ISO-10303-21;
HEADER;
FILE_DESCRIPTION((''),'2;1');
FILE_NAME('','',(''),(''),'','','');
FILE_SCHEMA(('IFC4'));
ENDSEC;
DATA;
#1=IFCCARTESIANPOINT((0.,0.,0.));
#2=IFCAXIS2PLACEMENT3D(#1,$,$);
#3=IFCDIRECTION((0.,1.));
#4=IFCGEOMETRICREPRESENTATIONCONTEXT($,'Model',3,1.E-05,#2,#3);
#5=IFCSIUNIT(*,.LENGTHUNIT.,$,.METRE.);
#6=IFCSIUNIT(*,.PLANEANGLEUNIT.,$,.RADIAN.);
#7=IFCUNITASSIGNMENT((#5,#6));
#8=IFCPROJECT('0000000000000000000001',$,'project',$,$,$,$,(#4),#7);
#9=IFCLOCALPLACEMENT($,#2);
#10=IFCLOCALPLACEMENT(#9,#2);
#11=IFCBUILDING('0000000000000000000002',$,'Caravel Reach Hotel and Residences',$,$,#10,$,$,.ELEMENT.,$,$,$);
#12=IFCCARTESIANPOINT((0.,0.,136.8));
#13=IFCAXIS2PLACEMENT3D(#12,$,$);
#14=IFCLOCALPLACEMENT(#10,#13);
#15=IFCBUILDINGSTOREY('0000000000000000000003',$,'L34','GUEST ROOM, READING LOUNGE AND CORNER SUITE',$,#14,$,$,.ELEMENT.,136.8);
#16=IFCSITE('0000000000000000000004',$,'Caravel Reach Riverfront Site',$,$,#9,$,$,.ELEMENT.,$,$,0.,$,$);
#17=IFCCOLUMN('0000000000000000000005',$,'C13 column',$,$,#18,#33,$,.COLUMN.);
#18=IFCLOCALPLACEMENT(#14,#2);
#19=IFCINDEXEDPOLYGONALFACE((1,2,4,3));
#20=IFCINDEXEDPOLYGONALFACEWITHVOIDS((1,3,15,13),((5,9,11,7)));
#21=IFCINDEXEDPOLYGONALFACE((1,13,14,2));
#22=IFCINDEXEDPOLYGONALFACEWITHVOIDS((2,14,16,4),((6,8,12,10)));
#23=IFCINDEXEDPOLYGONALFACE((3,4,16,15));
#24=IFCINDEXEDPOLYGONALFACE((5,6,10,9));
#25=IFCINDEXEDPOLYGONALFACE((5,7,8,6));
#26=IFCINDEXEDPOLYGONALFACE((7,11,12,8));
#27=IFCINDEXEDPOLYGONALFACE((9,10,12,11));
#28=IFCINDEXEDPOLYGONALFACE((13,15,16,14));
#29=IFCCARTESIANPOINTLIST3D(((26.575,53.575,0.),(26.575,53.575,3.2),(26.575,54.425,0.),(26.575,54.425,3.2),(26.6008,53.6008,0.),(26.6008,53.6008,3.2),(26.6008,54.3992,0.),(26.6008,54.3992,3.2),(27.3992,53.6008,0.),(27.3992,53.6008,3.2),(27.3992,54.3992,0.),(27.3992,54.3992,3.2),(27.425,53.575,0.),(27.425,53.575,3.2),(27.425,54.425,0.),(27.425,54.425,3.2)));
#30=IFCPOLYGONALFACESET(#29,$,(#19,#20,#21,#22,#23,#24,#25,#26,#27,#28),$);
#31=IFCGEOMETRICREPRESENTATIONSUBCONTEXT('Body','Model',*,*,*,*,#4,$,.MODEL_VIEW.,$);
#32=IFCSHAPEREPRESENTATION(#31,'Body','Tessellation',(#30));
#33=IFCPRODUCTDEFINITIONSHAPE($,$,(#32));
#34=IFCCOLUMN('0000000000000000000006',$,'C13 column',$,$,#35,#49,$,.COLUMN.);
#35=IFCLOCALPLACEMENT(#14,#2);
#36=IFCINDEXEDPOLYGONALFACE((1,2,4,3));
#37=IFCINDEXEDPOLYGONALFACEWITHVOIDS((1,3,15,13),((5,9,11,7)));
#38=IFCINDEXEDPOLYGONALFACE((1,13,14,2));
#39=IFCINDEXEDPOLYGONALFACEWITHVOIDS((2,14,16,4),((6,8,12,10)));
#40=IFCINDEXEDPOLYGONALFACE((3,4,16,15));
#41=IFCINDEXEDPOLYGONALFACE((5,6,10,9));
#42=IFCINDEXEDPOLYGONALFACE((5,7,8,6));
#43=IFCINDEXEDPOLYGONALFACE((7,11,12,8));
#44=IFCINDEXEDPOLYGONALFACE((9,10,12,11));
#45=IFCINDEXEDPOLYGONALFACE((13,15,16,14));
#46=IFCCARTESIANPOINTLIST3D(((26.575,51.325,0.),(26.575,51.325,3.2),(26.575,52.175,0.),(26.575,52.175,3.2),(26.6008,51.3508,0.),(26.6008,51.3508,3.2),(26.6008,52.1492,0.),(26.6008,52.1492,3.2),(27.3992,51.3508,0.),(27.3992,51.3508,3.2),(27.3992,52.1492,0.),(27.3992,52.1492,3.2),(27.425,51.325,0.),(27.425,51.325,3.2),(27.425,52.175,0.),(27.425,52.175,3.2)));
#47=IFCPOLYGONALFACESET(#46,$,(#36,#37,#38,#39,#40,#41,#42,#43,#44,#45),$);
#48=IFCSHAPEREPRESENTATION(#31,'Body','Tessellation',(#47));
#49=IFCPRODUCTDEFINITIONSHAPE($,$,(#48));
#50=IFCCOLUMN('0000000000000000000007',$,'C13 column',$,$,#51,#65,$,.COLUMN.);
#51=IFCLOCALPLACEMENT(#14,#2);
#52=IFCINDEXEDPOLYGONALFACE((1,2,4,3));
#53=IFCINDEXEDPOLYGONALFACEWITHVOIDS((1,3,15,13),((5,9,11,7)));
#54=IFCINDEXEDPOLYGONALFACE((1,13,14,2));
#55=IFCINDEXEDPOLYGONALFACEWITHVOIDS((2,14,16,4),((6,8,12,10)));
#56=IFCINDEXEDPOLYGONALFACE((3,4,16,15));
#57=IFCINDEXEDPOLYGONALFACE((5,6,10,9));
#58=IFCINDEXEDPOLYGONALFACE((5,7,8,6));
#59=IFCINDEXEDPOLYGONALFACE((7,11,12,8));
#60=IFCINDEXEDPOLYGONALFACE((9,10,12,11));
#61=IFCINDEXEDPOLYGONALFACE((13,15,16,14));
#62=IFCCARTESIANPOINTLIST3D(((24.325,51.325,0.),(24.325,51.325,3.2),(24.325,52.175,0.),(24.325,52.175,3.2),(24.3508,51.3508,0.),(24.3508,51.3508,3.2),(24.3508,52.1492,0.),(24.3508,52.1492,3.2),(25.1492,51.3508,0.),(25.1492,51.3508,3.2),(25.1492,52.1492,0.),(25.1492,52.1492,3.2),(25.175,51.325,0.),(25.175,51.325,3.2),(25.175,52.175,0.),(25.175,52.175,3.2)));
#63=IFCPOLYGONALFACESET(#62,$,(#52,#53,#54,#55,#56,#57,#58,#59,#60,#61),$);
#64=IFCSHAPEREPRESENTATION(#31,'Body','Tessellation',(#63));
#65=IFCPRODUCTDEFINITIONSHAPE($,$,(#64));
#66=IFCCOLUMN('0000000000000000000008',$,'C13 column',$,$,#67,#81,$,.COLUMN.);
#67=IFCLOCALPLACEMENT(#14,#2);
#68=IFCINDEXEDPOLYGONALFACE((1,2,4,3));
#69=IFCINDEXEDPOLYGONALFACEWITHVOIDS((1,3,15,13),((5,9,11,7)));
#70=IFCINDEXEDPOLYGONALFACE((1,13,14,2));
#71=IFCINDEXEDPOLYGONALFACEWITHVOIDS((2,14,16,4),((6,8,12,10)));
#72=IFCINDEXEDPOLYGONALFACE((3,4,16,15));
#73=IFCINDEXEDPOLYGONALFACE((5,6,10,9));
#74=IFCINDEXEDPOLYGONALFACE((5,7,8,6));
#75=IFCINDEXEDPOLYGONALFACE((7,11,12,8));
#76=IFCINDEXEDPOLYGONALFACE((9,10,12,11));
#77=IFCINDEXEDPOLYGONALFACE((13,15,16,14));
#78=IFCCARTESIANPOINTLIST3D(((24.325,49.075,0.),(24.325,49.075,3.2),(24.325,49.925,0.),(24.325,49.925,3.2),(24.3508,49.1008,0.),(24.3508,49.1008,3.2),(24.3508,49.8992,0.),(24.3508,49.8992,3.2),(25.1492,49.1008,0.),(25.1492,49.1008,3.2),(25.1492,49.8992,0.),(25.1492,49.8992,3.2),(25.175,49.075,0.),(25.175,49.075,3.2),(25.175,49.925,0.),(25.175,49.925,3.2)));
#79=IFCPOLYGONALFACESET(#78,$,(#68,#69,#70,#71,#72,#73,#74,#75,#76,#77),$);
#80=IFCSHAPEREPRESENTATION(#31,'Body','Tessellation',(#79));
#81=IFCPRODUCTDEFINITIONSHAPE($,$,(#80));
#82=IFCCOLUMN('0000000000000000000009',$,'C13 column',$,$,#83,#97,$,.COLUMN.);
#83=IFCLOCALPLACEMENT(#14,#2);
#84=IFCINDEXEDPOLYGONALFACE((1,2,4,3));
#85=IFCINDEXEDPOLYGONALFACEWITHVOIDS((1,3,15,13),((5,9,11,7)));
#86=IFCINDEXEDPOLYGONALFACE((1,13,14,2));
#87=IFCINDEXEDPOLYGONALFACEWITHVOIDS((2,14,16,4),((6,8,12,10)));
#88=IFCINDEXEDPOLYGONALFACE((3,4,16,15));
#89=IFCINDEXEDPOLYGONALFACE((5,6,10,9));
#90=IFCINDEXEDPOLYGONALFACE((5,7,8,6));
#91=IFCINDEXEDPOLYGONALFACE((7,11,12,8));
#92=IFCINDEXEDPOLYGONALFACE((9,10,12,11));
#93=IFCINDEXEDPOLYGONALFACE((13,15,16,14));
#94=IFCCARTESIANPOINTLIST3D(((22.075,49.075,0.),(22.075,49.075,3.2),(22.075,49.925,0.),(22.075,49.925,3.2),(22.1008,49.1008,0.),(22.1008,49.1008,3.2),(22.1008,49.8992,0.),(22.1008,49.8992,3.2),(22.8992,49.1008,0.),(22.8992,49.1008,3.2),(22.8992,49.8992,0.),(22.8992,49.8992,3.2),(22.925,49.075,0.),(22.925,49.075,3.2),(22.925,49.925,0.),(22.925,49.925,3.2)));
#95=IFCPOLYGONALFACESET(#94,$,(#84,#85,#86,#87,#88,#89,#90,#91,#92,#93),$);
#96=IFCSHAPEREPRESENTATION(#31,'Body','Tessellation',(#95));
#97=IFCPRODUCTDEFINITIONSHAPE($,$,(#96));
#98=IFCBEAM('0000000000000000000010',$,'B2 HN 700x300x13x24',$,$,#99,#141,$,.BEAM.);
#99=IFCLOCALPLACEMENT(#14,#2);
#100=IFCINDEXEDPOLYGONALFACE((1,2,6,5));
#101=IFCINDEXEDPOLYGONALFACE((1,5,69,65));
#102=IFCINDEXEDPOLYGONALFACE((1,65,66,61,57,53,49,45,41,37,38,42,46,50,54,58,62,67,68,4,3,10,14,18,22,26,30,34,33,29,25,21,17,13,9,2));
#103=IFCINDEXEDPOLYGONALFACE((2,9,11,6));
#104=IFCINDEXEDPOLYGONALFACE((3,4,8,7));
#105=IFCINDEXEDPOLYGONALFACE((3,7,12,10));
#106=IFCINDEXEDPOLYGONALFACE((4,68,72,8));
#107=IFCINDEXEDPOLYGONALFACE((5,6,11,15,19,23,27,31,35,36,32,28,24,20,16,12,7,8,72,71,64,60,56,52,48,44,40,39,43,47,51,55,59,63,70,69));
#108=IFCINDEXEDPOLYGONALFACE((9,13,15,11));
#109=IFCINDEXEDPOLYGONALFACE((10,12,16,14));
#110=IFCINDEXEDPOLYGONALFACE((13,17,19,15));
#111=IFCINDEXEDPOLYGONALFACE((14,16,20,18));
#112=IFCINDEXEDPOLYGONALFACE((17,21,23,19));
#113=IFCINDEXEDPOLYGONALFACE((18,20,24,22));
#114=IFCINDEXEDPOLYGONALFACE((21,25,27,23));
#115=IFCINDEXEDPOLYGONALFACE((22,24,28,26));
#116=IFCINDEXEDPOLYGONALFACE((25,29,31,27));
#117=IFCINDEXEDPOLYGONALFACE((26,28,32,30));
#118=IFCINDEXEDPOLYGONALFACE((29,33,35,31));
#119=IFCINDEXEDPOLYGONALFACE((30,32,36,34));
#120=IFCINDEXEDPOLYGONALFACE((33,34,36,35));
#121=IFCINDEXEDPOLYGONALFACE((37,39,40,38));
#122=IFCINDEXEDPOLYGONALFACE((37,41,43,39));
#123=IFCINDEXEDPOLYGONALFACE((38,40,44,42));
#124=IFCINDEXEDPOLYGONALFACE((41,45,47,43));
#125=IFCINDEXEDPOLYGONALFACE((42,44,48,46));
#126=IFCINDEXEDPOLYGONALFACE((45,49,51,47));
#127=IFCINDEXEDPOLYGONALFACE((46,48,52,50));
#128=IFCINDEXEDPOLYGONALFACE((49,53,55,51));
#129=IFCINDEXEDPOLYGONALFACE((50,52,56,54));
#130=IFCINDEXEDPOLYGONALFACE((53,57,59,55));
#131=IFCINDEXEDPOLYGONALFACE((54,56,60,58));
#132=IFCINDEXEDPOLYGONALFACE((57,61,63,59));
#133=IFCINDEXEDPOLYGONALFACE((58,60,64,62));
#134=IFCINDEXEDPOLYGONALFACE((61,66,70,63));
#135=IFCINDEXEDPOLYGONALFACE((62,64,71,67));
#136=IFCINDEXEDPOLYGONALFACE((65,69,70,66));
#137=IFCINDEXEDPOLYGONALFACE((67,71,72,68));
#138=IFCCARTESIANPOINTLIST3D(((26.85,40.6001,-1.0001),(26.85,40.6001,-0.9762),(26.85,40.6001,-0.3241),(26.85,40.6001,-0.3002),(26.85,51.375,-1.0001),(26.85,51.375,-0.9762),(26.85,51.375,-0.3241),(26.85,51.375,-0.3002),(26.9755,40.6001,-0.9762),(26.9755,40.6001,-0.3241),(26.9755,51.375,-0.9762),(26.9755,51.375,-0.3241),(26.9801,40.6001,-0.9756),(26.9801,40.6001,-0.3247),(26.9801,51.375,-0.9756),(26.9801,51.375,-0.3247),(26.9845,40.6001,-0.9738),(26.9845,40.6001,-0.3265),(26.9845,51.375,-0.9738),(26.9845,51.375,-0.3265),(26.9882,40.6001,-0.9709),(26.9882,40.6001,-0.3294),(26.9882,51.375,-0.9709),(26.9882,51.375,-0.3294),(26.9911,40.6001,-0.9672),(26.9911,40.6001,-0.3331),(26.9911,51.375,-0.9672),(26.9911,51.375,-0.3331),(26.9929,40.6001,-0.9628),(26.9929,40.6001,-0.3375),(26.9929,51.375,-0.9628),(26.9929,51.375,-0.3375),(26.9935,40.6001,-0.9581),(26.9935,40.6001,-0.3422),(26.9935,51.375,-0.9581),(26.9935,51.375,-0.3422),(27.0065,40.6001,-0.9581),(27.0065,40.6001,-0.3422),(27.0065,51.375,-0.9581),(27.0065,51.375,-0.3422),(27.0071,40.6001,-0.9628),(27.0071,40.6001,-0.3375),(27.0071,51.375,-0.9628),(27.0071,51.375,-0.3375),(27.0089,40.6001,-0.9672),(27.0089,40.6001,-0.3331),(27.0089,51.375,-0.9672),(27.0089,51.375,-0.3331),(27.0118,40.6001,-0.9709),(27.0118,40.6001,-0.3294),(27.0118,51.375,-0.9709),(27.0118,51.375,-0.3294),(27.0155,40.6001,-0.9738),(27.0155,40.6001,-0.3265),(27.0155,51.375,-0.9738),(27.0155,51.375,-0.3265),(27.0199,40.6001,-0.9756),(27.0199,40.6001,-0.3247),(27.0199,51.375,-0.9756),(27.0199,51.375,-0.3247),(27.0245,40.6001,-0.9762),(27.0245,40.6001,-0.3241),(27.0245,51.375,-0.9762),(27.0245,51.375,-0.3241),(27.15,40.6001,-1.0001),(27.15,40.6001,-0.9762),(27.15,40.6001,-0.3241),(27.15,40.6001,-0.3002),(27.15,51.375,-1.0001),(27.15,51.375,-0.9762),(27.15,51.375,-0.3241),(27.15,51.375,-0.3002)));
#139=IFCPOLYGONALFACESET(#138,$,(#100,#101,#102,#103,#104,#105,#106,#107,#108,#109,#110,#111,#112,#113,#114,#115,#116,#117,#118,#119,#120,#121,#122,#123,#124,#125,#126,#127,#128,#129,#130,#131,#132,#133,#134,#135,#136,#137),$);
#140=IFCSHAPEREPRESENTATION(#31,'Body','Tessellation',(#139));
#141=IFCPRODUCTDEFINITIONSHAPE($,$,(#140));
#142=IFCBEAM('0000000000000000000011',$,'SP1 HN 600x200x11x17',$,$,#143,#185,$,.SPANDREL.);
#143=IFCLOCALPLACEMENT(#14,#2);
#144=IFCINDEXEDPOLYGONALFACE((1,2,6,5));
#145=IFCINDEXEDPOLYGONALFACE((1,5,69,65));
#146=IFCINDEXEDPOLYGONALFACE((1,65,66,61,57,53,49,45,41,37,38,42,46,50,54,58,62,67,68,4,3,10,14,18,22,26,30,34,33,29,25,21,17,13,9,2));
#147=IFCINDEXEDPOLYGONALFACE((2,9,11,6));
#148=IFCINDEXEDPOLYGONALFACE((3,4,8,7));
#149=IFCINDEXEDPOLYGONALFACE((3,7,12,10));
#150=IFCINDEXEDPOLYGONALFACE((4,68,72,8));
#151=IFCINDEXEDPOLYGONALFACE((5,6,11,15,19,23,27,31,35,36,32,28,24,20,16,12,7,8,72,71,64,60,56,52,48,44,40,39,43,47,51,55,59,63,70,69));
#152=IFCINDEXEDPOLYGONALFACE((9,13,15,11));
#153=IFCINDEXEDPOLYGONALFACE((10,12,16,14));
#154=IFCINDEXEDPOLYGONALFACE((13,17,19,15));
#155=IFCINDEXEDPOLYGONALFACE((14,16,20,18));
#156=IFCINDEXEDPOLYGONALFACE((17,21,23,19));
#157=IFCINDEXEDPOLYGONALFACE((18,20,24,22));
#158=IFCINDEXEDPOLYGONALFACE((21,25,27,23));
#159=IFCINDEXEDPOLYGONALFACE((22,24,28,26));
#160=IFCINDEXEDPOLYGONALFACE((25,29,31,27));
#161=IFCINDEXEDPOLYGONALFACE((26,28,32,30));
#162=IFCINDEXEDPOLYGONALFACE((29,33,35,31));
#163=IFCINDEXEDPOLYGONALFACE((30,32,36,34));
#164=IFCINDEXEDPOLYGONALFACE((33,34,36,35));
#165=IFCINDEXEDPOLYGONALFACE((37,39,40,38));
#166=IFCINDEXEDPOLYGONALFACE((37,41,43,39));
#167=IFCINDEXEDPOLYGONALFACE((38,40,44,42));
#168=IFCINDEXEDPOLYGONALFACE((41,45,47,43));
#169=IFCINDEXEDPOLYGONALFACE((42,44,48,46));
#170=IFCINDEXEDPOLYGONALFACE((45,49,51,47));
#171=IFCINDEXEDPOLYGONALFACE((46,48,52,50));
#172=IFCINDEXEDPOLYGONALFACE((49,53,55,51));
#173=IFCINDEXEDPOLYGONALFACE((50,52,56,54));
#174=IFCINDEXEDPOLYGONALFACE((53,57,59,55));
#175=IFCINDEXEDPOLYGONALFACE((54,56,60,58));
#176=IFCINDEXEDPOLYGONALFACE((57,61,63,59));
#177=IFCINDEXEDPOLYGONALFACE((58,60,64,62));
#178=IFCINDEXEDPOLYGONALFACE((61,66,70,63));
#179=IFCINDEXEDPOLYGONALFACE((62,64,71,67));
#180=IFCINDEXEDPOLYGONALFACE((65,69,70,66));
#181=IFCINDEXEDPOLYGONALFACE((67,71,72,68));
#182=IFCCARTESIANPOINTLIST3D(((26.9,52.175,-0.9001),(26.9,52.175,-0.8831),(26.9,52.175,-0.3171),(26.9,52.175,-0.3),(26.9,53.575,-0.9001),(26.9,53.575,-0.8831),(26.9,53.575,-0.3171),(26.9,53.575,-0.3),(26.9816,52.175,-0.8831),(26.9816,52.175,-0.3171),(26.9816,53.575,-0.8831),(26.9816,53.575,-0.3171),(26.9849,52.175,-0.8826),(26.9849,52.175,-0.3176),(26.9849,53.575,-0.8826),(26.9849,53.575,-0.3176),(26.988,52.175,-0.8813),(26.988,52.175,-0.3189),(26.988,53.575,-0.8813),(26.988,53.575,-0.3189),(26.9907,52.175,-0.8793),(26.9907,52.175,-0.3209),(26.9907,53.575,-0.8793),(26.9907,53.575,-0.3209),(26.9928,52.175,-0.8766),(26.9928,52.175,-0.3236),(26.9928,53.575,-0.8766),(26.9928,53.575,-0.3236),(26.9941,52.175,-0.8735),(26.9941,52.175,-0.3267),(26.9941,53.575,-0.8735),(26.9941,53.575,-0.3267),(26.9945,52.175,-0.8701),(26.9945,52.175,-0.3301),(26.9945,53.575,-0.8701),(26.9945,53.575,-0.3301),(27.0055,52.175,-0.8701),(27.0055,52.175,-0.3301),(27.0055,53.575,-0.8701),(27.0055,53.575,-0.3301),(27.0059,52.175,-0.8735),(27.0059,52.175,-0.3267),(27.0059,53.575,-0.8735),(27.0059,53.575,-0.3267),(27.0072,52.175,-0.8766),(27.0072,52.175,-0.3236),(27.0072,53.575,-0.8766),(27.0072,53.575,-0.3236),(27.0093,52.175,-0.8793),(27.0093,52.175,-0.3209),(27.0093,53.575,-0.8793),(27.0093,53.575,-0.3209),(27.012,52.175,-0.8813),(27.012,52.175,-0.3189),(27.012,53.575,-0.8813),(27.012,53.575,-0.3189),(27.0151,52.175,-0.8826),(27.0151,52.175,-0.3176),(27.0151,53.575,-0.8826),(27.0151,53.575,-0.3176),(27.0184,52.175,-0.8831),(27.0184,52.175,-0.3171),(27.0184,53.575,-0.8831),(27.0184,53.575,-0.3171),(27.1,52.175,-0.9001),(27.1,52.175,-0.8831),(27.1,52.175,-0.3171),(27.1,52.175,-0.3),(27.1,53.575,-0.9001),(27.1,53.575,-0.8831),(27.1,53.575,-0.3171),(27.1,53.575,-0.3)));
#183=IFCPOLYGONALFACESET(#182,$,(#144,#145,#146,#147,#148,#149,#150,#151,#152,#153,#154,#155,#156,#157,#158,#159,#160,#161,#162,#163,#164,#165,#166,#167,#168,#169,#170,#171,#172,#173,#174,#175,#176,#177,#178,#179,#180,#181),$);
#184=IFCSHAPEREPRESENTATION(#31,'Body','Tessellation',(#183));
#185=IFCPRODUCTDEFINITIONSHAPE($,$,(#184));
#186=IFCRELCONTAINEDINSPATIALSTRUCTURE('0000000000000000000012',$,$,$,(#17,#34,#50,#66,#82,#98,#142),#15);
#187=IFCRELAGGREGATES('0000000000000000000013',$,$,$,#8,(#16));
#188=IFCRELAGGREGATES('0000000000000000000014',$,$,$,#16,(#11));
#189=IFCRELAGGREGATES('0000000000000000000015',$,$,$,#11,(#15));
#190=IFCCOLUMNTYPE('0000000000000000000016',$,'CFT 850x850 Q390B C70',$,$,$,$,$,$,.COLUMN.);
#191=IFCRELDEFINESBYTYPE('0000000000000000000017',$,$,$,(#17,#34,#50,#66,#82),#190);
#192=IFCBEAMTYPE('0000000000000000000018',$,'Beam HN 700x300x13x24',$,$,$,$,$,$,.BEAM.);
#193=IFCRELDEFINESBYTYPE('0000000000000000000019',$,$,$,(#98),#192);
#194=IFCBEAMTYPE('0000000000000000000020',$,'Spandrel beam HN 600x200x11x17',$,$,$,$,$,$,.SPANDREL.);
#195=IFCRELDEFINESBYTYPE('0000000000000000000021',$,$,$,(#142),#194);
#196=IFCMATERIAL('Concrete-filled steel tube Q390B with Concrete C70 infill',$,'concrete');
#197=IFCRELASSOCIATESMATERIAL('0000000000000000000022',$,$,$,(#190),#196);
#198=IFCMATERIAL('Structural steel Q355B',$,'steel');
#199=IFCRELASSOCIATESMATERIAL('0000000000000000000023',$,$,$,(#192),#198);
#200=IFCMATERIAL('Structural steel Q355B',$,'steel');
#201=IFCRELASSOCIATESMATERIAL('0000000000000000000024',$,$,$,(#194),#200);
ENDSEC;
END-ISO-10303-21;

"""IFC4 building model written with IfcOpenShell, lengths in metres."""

from ifc_helpers import new_model, si_unit, direction, frame, origin, origin_2d, place, context, subcontext, project, spatial, hollow_rectangle, i_section, extrude, material, material_profile, profile_set, type_object, element, save


model = new_model("IFC4")

# Units and contexts
model_context = context("Model", 3, precision=1e-05, world=origin(), true_north=direction((0.0, 1.0)))
body_context = subcontext(model_context, "Body", "Model", "MODEL_VIEW")
ifc_project = project(units=[si_unit("LENGTHUNIT", "METRE"), si_unit("PLANEANGLEUNIT", "RADIAN")], contexts=[model_context])

# Site, building, storey
site_placement = place(None, origin())
site = spatial("IfcSite", under=ifc_project, at=site_placement, Name="Caravel Reach Riverfront Site", CompositionType="ELEMENT", RefElevation=0.0)
building_placement = place(site_placement, origin())
building = spatial("IfcBuilding", under=site, at=building_placement, Name="Caravel Reach Hotel and Residences", CompositionType="ELEMENT")
storey_placement = place(building_placement, frame((0.0, 0.0, 136.8)))
storey = spatial("IfcBuildingStorey", under=building, at=storey_placement, Name="L34", Description="GUEST ROOM, READING LOUNGE AND CORNER SUITE", CompositionType="ELEMENT", Elevation=136.8)

# Columns
ifc_material_1 = material(Name="Concrete-filled steel tube Q390B with Concrete C70 infill", Category="concrete")
ifc_material_profile_1 = material_profile(ifc_material_1, hollow_rectangle(XDim=0.8501, YDim=0.8501, WallThickness=0.0259, at=origin_2d()), Name="RHS 850x850x26")
ifc_profile_set_1 = profile_set([ifc_material_profile_1], Name="Concrete-filled steel tube Q390B with Concrete C70 infill")
column_type = type_object("IfcColumnType", Name="CFT 850x850 Q390B C70", PredefinedType="COLUMN", material=ifc_profile_set_1)
for number, where, z_axis, x_axis, name in (
    (1, (27.0, 54.0, 0.0), (0.0, 0.0, 1.0), (1.0, 0.0, 0.0), "C13 column"),
    (2, (27.0, 51.75, 0.0), (0.0, 0.0, 1.0), (1.0, 0.0, 0.0), "C13 column"),
    (3, (24.75, 51.75, 0.0), (0.0, 0.0, 1.0), (1.0, 0.0, 0.0), "C13 column"),
    (4, (24.75, 49.5, 0.0), (0.0, 0.0, 1.0), (1.0, 0.0, 0.0), "C13 column"),
    (5, (22.5, 49.5, 0.0), (0.0, 0.0, 1.0), (1.0, 0.0, 0.0), "C13 column"),
):
    element("IfcColumn", number, at=place(storey_placement, frame(where, z_axis=z_axis, x_axis=x_axis)), inside=storey, type_object=column_type, Name=name, PredefinedType="COLUMN", context=body_context, shape_type="SweptSolid", body=[
        extrude(hollow_rectangle(XDim=0.8501, YDim=0.8501, WallThickness=0.0259, at=origin_2d()), origin(), (0.0, 0.0, 1.0), 3.2),
    ])

# Beams
ifc_material_2 = material(Name="Structural steel Q355B", Category="steel")
ifc_material_profile_2 = material_profile(ifc_material_2, i_section(OverallWidth=0.3, OverallDepth=0.7, WebThickness=0.0129, FlangeThickness=0.0239, FilletRadius=0.0181, at=origin_2d()), Name="HN 700x300x13x24")
ifc_profile_set_2 = profile_set([ifc_material_profile_2], Name="Structural steel Q355B")
beam_type_1 = type_object("IfcBeamType", Name="Beam HN 700x300x13x24", PredefinedType="BEAM", material=ifc_profile_set_2)
beam_1_placement = place(storey_placement, frame((27.0, 40.6001, -0.6501), z_axis=(0.0, 1.0, 0.0), x_axis=(-1.0, 0.0, 0.0)))
element("IfcBeam", 6, at=beam_1_placement, inside=storey, type_object=beam_type_1, Name="B2 HN 700x300x13x24", PredefinedType="BEAM", context=body_context, shape_type="SweptSolid", body=[
    extrude(i_section(OverallWidth=0.3, OverallDepth=0.7, WebThickness=0.0129, FlangeThickness=0.0239, FilletRadius=0.0181, at=origin_2d()), origin(), (0.0, 0.0, 1.0), 10.7749),
])
ifc_material_3 = material(Name="Structural steel Q355B", Category="steel")
ifc_material_profile_3 = material_profile(ifc_material_3, i_section(OverallWidth=0.2, OverallDepth=0.6001, WebThickness=0.011, FlangeThickness=0.0171, FilletRadius=0.0129, at=origin_2d()), Name="HN 600x200x11x17")
ifc_profile_set_3 = profile_set([ifc_material_profile_3], Name="Structural steel Q355B")
beam_type_2 = type_object("IfcBeamType", Name="Spandrel beam HN 600x200x11x17", PredefinedType="SPANDREL", material=ifc_profile_set_3)
for number, where, z_axis, x_axis, name in (
    (7, (27.0, 53.575, -0.6001), (0.0, -1.0, 0.0), (1.0, 0.0, 0.0), "SP1 HN 600x200x11x17"),
):
    element("IfcBeam", number, at=place(storey_placement, frame(where, z_axis=z_axis, x_axis=x_axis)), inside=storey, type_object=beam_type_2, Name=name, PredefinedType="SPANDREL", context=body_context, shape_type="SweptSolid", body=[
        extrude(i_section(OverallWidth=0.2, OverallDepth=0.6001, WebThickness=0.011, FlangeThickness=0.0171, FilletRadius=0.0129, at=origin_2d()), origin(), (0.0, 0.0, 1.0), 1.3999),
    ])

save(model, "model.ifc")
